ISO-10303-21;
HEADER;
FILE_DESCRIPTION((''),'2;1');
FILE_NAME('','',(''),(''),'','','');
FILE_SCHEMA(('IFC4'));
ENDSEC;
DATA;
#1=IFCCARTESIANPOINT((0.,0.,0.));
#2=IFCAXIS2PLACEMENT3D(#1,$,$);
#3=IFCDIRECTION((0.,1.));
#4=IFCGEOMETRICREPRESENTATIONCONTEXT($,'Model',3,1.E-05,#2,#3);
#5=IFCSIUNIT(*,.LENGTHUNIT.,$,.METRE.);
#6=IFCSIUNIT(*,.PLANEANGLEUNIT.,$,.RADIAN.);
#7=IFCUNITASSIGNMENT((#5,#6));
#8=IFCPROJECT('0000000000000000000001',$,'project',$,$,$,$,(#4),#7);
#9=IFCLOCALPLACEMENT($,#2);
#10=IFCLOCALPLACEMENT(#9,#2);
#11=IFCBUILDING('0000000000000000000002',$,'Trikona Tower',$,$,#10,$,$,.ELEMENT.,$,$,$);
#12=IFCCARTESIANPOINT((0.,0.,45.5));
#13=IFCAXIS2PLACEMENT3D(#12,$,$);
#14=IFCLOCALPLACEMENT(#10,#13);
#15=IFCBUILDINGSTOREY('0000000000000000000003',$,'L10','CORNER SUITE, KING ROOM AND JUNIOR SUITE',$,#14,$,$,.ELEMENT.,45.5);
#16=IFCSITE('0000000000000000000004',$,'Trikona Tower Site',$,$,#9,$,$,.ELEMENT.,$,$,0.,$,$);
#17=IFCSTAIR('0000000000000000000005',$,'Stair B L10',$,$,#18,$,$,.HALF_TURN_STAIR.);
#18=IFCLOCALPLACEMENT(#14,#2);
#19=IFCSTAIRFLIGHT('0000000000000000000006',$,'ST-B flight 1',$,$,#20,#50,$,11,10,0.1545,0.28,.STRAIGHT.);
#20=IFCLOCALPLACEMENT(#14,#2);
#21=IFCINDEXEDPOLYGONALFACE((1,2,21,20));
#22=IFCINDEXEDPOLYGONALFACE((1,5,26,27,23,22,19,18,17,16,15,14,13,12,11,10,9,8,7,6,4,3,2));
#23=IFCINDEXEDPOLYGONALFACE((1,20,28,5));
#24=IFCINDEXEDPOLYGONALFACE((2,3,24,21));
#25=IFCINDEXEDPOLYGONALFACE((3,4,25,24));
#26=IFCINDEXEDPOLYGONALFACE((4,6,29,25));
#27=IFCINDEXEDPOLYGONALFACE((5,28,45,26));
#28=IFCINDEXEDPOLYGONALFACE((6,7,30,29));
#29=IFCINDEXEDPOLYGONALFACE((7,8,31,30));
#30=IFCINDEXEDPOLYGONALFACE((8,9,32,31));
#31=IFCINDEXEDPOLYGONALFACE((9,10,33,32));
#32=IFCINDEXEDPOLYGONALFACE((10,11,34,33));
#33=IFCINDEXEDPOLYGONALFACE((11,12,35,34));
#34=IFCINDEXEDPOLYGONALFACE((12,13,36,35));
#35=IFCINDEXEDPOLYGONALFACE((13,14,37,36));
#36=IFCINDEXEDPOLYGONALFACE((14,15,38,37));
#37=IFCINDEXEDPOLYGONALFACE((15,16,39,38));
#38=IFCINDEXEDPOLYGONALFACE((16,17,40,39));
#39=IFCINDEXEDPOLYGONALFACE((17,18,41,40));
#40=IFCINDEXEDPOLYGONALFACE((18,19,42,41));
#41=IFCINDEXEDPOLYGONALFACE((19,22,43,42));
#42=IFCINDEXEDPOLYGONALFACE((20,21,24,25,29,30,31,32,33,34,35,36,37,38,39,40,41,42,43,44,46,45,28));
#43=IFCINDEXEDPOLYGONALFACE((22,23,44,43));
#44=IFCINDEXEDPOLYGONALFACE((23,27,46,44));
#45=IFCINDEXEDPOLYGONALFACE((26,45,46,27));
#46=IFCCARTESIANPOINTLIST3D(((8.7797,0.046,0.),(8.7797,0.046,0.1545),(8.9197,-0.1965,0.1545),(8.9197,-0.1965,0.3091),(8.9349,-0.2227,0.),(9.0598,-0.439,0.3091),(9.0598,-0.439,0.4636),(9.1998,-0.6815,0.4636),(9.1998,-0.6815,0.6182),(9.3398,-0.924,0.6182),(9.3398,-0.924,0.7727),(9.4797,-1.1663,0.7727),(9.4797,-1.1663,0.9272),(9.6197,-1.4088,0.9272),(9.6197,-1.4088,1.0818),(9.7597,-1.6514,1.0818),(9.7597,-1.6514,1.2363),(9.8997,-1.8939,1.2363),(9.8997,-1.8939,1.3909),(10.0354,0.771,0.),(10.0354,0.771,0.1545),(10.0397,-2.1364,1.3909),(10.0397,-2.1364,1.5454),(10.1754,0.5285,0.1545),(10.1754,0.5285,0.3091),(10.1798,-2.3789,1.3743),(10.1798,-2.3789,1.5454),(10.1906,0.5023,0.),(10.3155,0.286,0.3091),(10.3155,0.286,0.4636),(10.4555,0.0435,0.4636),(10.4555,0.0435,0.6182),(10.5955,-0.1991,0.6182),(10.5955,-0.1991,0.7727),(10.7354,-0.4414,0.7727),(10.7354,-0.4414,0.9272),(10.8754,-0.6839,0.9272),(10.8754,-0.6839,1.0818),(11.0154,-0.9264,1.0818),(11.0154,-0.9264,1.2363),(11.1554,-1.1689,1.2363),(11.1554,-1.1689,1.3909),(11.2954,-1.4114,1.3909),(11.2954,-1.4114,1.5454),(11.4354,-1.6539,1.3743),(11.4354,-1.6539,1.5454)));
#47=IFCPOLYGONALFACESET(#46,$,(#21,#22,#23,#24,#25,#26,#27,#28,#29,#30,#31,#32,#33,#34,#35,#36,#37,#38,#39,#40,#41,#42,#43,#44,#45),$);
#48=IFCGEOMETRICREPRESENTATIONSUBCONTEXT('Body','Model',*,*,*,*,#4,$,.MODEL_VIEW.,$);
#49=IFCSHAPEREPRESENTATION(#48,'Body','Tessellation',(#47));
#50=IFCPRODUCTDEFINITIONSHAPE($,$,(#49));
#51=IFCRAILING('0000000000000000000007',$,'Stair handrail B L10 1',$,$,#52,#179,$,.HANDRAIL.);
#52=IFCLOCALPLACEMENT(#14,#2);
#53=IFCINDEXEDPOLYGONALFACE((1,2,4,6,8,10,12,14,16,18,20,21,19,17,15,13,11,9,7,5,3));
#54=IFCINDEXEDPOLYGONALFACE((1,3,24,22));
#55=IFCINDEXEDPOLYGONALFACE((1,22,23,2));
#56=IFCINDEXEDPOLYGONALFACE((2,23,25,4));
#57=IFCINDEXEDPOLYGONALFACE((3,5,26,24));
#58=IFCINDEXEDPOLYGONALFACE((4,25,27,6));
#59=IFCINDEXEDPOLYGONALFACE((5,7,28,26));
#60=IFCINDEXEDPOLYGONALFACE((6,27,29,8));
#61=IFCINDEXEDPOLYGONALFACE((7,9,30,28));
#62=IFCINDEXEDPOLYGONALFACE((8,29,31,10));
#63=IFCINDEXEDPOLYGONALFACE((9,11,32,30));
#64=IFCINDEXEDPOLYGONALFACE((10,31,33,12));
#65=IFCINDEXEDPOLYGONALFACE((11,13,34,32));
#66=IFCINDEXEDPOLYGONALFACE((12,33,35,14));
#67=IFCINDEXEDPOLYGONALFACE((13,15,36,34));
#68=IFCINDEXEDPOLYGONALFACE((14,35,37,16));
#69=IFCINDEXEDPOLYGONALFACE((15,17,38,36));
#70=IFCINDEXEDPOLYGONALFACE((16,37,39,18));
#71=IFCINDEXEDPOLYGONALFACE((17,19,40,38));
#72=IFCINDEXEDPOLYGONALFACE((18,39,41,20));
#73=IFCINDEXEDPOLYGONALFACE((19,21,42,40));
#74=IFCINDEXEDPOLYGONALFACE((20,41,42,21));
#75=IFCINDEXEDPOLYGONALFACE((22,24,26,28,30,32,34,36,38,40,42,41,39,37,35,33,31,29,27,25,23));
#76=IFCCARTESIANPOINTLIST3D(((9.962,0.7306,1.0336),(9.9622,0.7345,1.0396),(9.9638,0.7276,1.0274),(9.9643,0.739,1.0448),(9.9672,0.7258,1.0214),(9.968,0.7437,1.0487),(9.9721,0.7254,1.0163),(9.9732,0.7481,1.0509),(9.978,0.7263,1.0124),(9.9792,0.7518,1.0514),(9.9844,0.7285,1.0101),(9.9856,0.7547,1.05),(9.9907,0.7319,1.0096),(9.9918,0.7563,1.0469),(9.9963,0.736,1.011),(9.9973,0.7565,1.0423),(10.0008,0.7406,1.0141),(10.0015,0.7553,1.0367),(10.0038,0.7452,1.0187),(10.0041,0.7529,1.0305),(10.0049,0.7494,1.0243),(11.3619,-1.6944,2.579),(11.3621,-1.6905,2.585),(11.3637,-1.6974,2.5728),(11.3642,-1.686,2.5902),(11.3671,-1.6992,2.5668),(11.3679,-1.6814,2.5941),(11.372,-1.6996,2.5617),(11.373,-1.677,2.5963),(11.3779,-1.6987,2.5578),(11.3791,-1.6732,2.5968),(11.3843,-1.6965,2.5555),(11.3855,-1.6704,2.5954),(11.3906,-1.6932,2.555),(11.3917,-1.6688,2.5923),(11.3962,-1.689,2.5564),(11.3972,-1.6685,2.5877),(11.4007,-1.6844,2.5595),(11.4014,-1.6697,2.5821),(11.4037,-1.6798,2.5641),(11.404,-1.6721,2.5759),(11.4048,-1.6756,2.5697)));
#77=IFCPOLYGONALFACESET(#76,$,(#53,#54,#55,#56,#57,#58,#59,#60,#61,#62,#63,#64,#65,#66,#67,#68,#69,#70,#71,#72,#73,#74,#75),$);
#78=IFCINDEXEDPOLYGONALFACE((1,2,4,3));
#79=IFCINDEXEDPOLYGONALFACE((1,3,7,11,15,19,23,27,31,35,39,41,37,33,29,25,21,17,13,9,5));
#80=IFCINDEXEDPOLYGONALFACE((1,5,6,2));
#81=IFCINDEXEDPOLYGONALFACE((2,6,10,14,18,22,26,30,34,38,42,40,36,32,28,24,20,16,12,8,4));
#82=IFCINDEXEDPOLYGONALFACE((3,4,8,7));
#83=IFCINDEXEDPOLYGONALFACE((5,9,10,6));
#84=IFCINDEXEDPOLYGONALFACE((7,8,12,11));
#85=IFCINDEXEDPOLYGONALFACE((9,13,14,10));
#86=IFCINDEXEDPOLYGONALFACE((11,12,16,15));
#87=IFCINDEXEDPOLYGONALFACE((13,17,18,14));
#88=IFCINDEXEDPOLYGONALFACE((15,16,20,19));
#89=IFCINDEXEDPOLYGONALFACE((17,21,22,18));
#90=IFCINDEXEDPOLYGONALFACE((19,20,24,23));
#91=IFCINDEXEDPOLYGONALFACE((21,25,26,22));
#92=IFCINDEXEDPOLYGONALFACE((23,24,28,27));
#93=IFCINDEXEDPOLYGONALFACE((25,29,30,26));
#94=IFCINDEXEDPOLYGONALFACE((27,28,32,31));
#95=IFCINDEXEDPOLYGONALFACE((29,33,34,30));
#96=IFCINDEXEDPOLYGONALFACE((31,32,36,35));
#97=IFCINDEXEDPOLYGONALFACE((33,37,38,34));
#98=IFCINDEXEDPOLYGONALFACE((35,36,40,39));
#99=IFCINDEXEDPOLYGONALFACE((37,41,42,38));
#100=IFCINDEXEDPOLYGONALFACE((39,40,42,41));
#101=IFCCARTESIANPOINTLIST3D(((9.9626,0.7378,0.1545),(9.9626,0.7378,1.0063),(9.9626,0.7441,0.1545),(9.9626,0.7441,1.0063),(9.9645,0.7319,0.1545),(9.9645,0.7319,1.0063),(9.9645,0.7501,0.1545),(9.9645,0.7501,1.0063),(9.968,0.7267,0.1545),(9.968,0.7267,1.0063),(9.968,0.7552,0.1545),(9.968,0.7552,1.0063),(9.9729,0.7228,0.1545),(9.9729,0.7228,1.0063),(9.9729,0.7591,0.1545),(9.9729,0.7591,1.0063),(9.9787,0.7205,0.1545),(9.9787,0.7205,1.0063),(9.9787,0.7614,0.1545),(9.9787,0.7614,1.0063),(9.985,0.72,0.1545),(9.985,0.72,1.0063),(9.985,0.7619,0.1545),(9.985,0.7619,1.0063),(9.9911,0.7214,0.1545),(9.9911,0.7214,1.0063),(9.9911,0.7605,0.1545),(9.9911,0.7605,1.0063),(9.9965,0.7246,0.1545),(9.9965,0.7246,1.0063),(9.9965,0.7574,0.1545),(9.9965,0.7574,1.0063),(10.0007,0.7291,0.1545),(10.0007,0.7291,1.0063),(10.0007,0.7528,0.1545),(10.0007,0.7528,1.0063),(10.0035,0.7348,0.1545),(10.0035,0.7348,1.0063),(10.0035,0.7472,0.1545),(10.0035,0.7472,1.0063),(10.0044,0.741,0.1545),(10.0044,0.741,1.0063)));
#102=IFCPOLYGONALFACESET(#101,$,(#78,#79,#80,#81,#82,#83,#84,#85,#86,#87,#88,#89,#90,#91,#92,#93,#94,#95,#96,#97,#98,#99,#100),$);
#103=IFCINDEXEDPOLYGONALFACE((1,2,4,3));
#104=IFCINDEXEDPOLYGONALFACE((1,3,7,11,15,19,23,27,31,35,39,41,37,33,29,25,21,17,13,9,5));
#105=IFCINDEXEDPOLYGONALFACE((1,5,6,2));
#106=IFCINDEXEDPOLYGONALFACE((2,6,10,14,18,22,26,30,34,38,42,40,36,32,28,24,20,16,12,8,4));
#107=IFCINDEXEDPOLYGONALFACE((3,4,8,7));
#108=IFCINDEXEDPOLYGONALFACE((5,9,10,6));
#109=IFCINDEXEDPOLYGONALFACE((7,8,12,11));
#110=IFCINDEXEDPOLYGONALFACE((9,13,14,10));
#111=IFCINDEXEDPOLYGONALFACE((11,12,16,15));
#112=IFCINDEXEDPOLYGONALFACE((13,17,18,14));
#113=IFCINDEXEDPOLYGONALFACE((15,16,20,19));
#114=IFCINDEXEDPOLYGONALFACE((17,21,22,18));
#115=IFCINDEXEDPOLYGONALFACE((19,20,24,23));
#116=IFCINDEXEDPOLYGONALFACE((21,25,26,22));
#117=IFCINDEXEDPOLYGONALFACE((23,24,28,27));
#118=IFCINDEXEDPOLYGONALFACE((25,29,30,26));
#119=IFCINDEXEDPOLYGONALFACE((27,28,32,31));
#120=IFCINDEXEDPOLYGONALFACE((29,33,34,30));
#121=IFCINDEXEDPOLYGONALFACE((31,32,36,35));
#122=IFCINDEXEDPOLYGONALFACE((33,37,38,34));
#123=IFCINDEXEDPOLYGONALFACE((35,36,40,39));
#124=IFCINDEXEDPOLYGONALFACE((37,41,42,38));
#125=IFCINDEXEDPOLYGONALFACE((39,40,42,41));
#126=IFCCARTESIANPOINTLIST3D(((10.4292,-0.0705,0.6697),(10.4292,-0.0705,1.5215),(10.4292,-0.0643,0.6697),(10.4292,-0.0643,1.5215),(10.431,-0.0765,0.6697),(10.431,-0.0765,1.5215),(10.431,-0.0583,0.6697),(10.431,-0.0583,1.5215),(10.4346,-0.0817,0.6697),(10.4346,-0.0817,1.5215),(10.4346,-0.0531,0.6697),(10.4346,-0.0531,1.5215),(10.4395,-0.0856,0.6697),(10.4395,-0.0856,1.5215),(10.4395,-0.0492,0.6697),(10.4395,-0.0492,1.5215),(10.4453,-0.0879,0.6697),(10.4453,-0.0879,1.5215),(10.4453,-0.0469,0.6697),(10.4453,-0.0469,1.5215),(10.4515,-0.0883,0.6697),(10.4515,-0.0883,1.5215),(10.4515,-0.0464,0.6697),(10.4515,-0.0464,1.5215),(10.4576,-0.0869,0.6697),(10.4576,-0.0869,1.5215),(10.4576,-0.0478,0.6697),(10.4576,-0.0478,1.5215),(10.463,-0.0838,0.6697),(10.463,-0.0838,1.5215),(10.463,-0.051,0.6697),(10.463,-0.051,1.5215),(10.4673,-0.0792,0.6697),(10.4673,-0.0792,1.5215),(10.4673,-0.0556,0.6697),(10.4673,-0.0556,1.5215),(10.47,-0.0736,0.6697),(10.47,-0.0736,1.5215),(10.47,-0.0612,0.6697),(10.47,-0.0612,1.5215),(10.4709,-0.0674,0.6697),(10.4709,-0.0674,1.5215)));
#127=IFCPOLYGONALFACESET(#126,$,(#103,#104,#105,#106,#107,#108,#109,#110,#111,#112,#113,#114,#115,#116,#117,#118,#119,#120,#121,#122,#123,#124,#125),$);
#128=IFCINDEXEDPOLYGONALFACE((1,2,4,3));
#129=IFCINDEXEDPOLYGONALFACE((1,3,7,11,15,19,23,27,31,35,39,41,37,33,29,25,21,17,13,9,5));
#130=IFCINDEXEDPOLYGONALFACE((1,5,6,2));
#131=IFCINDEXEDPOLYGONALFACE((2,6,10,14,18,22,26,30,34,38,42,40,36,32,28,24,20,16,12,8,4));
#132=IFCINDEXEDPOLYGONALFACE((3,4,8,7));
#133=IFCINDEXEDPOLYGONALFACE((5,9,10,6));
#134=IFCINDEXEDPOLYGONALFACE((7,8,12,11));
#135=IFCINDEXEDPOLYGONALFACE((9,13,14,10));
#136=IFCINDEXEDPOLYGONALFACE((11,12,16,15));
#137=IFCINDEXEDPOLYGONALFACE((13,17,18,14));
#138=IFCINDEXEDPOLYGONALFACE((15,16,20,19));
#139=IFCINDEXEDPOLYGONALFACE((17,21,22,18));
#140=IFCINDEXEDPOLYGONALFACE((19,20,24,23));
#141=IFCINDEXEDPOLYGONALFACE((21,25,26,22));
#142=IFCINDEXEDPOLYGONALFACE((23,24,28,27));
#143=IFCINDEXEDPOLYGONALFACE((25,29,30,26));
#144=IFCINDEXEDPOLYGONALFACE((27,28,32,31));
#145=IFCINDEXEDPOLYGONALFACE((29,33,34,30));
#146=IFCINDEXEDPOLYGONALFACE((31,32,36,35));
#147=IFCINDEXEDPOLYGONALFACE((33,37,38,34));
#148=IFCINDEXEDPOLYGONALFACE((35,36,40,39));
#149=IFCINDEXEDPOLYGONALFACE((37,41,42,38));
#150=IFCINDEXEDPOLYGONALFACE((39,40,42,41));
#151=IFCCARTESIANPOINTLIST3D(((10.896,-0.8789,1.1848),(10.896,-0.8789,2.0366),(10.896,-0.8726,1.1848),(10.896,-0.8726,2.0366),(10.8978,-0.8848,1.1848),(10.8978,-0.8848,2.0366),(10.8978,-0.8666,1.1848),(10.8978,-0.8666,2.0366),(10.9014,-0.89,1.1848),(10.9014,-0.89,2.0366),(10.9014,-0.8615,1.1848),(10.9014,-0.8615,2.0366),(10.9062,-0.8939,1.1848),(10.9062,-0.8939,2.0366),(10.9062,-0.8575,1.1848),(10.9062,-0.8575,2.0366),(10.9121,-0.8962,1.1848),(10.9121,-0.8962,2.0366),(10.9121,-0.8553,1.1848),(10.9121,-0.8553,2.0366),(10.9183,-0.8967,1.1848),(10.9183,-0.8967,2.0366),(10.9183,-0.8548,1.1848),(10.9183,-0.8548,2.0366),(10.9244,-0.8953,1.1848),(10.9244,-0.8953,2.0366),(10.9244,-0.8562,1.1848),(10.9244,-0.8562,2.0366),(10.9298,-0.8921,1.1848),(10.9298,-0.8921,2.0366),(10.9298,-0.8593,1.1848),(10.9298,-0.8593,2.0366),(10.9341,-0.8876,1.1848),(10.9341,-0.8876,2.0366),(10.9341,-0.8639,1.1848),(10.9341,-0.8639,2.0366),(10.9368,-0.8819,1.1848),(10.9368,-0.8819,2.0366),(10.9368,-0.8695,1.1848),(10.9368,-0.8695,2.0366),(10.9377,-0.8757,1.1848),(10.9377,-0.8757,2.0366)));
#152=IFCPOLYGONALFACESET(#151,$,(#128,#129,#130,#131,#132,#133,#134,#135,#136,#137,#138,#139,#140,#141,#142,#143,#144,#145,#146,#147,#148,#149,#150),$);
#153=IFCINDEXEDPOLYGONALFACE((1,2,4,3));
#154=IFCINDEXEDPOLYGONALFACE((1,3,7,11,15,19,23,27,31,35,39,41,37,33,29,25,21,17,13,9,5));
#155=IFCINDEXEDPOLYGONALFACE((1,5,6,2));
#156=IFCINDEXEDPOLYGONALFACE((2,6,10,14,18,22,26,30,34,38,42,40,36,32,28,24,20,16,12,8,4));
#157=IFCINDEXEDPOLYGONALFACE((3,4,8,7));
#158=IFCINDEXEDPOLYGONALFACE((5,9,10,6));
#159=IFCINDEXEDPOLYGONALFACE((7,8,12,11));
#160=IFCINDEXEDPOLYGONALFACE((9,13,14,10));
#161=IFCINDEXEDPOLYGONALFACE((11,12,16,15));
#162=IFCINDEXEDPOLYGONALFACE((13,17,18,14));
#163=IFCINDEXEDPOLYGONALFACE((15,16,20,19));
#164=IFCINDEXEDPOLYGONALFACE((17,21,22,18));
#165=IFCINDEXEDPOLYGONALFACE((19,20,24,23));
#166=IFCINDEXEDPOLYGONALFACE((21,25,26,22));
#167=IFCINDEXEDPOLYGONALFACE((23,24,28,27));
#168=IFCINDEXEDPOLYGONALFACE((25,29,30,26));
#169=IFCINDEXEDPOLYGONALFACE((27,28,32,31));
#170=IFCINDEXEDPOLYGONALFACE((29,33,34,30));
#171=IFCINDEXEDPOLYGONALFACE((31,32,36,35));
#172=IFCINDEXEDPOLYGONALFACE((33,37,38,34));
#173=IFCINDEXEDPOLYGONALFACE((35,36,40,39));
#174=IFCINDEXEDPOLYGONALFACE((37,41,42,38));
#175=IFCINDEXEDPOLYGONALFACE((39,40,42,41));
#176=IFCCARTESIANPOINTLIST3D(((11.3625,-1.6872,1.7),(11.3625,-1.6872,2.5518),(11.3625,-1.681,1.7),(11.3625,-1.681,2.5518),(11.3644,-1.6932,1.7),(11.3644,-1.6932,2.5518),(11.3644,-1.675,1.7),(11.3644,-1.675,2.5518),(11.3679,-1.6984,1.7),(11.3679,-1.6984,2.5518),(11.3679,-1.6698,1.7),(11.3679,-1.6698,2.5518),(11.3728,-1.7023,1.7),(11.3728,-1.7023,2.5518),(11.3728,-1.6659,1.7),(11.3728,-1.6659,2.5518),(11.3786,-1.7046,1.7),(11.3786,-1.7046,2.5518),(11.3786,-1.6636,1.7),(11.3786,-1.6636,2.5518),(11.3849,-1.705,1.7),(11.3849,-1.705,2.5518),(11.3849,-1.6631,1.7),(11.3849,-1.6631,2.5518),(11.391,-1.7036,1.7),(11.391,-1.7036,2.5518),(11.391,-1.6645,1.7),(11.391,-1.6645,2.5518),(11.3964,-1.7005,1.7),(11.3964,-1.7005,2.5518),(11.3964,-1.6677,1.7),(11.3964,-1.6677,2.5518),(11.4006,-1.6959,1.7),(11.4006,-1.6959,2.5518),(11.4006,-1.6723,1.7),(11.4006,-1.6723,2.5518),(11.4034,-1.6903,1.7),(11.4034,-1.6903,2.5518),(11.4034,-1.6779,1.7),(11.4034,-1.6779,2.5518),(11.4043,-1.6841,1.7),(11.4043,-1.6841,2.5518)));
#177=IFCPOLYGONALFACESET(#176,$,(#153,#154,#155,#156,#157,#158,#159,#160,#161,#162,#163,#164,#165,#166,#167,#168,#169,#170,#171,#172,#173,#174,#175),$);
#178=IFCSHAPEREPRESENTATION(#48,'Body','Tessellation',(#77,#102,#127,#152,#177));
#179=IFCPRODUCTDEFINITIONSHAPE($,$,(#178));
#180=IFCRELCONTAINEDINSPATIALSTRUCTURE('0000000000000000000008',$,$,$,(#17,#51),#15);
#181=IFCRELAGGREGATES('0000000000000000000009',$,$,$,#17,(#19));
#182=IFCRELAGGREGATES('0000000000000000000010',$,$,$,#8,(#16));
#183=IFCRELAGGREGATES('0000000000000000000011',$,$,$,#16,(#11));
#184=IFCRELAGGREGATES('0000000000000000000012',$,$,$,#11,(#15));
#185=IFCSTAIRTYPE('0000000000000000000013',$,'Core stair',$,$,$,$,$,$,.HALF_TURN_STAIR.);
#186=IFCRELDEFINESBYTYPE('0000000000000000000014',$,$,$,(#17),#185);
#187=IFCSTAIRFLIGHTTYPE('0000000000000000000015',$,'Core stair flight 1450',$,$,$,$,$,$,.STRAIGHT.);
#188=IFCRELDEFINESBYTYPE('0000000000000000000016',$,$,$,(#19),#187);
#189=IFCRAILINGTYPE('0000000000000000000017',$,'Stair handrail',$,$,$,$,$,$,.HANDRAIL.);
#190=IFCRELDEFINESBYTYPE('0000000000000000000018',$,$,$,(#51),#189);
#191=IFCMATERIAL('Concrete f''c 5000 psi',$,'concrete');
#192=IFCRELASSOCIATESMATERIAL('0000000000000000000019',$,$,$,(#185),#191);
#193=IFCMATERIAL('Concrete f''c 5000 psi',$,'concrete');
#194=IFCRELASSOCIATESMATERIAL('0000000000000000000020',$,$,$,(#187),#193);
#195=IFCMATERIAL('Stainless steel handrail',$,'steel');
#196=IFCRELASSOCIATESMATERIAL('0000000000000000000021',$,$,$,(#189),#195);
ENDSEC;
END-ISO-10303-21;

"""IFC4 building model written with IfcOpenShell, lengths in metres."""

from ifc_helpers import new_model, si_unit, direction, frame, origin, origin_2d, place, context, subcontext, project, spatial, polyline, circle, outline, extrude, material, type_object, element, aggregate, save


model = new_model("IFC4")

# Units and contexts
model_context = context("Model", 3, precision=1e-05, world=origin(), true_north=direction((0.0, 1.0)))
body_context = subcontext(model_context, "Body", "Model", "MODEL_VIEW")
ifc_project = project(units=[si_unit("LENGTHUNIT", "METRE"), si_unit("PLANEANGLEUNIT", "RADIAN")], contexts=[model_context])

# Site, building, storey
site_placement = place(None, origin())
site = spatial("IfcSite", under=ifc_project, at=site_placement, Name="Trikona Tower Site", CompositionType="ELEMENT", RefElevation=0.0)
building_placement = place(site_placement, origin())
building = spatial("IfcBuilding", under=site, at=building_placement, Name="Trikona Tower", CompositionType="ELEMENT")
storey_placement = place(building_placement, frame((0.0, 0.0, 45.5)))
storey = spatial("IfcBuildingStorey", under=building, at=storey_placement, Name="L10", Description="CORNER SUITE, KING ROOM AND JUNIOR SUITE", CompositionType="ELEMENT", Elevation=45.5)

# Stair
ifc_material_1 = material(Name="Concrete f'c 5000 psi", Category="concrete")
stair_type = type_object("IfcStairType", Name="Core stair", PredefinedType="HALF_TURN_STAIR", material=ifc_material_1)
stair_1_placement = place(storey_placement, origin())
stair_1 = element("IfcStair", 1, at=stair_1_placement, inside=storey, type_object=stair_type, Name="Stair B L10", PredefinedType="HALF_TURN_STAIR")

# Stair flight
ifc_material_2 = material(Name="Concrete f'c 5000 psi", Category="concrete")
stair_flight_type = type_object("IfcStairFlightType", Name="Core stair flight 1450", PredefinedType="STRAIGHT", material=ifc_material_2)
stair_flight_placement = place(storey_placement, frame((9.4075, 0.4084, 0.0), z_axis=(0.0, 0.0, 1.0), x_axis=(0.5, -0.866025, 0.0)))
stair_flight = element("IfcStairFlight", 2, at=stair_flight_placement, type_object=stair_flight_type, Name="ST-B flight 1", NumberOfRisers=11, NumberOfTreads=10, PredefinedType="STRAIGHT", RiserHeight=0.1545, TreadLength=0.28, context=body_context, shape_type="SweptSolid", body=[
    extrude(outline(polyline([(0.0, 0.0), (0.0, 0.1545), (0.28, 0.1545), (0.28, 0.3091), (0.5601, 0.3091), (0.5601, 0.4636), (0.8401, 0.4636), (0.8401, 0.6182), (1.1201, 0.6182), (1.1201, 0.7727), (1.3999, 0.7727), (1.3999, 0.9272), (1.6799, 0.9272), (1.6799, 1.0818), (1.96, 1.0818), (1.96, 1.2363), (2.24, 1.2363), (2.24, 1.3909), (2.52, 1.3909), (2.52, 1.5454), (2.8, 1.5454), (2.8, 1.7), (2.8, 1.3743), (0.3103, 0.0), (0.0, 0.0)])), frame((0.0, 0.7251, 0.0), z_axis=(0.0, -1.0, 0.0), x_axis=(1.0, 0.0, 0.0)), (0.0, 0.0, 1.0), 1.45),
])
aggregate(stair_1, [stair_flight])

# Railing
ifc_material_3 = material(Name="Stainless steel handrail", Category="steel")
railing_type = type_object("IfcRailingType", Name="Stair handrail", PredefinedType="HANDRAIL", material=ifc_material_3)
railing_placement = place(storey_placement, frame((9.9834, 0.741, 0.1545)))
element("IfcRailing", 3, at=railing_placement, inside=storey, type_object=railing_type, Name="Stair handrail B L10 1", PredefinedType="HANDRAIL", context=body_context, shape_type="SweptSolid", body=[
    extrude(circle(Radius=0.0239, at=origin_2d()), frame((0.0, 0.0, 0.876), z_axis=(0.437707, -0.75824, 0.483203), x_axis=(0.866056, 0.499946, 0.0)), (0.0, 0.0, 1.0), 3.1982),
    extrude(circle(Radius=0.021, at=origin_2d()), origin(), (0.0, 0.0, 1.0), 0.8518),
    extrude(circle(Radius=0.021, at=origin_2d()), frame((0.4666, -0.8083, 0.5151)), (0.0, 0.0, 1.0), 0.8518),
    extrude(circle(Radius=0.021, at=origin_2d()), frame((0.9333, -1.6167, 1.0303)), (0.0, 0.0, 1.0), 0.8518),
    extrude(circle(Radius=0.021, at=origin_2d()), frame((1.3999, -2.425, 1.5454)), (0.0, 0.0, 1.0), 0.8518),
])

save(model, "model.ifc")
